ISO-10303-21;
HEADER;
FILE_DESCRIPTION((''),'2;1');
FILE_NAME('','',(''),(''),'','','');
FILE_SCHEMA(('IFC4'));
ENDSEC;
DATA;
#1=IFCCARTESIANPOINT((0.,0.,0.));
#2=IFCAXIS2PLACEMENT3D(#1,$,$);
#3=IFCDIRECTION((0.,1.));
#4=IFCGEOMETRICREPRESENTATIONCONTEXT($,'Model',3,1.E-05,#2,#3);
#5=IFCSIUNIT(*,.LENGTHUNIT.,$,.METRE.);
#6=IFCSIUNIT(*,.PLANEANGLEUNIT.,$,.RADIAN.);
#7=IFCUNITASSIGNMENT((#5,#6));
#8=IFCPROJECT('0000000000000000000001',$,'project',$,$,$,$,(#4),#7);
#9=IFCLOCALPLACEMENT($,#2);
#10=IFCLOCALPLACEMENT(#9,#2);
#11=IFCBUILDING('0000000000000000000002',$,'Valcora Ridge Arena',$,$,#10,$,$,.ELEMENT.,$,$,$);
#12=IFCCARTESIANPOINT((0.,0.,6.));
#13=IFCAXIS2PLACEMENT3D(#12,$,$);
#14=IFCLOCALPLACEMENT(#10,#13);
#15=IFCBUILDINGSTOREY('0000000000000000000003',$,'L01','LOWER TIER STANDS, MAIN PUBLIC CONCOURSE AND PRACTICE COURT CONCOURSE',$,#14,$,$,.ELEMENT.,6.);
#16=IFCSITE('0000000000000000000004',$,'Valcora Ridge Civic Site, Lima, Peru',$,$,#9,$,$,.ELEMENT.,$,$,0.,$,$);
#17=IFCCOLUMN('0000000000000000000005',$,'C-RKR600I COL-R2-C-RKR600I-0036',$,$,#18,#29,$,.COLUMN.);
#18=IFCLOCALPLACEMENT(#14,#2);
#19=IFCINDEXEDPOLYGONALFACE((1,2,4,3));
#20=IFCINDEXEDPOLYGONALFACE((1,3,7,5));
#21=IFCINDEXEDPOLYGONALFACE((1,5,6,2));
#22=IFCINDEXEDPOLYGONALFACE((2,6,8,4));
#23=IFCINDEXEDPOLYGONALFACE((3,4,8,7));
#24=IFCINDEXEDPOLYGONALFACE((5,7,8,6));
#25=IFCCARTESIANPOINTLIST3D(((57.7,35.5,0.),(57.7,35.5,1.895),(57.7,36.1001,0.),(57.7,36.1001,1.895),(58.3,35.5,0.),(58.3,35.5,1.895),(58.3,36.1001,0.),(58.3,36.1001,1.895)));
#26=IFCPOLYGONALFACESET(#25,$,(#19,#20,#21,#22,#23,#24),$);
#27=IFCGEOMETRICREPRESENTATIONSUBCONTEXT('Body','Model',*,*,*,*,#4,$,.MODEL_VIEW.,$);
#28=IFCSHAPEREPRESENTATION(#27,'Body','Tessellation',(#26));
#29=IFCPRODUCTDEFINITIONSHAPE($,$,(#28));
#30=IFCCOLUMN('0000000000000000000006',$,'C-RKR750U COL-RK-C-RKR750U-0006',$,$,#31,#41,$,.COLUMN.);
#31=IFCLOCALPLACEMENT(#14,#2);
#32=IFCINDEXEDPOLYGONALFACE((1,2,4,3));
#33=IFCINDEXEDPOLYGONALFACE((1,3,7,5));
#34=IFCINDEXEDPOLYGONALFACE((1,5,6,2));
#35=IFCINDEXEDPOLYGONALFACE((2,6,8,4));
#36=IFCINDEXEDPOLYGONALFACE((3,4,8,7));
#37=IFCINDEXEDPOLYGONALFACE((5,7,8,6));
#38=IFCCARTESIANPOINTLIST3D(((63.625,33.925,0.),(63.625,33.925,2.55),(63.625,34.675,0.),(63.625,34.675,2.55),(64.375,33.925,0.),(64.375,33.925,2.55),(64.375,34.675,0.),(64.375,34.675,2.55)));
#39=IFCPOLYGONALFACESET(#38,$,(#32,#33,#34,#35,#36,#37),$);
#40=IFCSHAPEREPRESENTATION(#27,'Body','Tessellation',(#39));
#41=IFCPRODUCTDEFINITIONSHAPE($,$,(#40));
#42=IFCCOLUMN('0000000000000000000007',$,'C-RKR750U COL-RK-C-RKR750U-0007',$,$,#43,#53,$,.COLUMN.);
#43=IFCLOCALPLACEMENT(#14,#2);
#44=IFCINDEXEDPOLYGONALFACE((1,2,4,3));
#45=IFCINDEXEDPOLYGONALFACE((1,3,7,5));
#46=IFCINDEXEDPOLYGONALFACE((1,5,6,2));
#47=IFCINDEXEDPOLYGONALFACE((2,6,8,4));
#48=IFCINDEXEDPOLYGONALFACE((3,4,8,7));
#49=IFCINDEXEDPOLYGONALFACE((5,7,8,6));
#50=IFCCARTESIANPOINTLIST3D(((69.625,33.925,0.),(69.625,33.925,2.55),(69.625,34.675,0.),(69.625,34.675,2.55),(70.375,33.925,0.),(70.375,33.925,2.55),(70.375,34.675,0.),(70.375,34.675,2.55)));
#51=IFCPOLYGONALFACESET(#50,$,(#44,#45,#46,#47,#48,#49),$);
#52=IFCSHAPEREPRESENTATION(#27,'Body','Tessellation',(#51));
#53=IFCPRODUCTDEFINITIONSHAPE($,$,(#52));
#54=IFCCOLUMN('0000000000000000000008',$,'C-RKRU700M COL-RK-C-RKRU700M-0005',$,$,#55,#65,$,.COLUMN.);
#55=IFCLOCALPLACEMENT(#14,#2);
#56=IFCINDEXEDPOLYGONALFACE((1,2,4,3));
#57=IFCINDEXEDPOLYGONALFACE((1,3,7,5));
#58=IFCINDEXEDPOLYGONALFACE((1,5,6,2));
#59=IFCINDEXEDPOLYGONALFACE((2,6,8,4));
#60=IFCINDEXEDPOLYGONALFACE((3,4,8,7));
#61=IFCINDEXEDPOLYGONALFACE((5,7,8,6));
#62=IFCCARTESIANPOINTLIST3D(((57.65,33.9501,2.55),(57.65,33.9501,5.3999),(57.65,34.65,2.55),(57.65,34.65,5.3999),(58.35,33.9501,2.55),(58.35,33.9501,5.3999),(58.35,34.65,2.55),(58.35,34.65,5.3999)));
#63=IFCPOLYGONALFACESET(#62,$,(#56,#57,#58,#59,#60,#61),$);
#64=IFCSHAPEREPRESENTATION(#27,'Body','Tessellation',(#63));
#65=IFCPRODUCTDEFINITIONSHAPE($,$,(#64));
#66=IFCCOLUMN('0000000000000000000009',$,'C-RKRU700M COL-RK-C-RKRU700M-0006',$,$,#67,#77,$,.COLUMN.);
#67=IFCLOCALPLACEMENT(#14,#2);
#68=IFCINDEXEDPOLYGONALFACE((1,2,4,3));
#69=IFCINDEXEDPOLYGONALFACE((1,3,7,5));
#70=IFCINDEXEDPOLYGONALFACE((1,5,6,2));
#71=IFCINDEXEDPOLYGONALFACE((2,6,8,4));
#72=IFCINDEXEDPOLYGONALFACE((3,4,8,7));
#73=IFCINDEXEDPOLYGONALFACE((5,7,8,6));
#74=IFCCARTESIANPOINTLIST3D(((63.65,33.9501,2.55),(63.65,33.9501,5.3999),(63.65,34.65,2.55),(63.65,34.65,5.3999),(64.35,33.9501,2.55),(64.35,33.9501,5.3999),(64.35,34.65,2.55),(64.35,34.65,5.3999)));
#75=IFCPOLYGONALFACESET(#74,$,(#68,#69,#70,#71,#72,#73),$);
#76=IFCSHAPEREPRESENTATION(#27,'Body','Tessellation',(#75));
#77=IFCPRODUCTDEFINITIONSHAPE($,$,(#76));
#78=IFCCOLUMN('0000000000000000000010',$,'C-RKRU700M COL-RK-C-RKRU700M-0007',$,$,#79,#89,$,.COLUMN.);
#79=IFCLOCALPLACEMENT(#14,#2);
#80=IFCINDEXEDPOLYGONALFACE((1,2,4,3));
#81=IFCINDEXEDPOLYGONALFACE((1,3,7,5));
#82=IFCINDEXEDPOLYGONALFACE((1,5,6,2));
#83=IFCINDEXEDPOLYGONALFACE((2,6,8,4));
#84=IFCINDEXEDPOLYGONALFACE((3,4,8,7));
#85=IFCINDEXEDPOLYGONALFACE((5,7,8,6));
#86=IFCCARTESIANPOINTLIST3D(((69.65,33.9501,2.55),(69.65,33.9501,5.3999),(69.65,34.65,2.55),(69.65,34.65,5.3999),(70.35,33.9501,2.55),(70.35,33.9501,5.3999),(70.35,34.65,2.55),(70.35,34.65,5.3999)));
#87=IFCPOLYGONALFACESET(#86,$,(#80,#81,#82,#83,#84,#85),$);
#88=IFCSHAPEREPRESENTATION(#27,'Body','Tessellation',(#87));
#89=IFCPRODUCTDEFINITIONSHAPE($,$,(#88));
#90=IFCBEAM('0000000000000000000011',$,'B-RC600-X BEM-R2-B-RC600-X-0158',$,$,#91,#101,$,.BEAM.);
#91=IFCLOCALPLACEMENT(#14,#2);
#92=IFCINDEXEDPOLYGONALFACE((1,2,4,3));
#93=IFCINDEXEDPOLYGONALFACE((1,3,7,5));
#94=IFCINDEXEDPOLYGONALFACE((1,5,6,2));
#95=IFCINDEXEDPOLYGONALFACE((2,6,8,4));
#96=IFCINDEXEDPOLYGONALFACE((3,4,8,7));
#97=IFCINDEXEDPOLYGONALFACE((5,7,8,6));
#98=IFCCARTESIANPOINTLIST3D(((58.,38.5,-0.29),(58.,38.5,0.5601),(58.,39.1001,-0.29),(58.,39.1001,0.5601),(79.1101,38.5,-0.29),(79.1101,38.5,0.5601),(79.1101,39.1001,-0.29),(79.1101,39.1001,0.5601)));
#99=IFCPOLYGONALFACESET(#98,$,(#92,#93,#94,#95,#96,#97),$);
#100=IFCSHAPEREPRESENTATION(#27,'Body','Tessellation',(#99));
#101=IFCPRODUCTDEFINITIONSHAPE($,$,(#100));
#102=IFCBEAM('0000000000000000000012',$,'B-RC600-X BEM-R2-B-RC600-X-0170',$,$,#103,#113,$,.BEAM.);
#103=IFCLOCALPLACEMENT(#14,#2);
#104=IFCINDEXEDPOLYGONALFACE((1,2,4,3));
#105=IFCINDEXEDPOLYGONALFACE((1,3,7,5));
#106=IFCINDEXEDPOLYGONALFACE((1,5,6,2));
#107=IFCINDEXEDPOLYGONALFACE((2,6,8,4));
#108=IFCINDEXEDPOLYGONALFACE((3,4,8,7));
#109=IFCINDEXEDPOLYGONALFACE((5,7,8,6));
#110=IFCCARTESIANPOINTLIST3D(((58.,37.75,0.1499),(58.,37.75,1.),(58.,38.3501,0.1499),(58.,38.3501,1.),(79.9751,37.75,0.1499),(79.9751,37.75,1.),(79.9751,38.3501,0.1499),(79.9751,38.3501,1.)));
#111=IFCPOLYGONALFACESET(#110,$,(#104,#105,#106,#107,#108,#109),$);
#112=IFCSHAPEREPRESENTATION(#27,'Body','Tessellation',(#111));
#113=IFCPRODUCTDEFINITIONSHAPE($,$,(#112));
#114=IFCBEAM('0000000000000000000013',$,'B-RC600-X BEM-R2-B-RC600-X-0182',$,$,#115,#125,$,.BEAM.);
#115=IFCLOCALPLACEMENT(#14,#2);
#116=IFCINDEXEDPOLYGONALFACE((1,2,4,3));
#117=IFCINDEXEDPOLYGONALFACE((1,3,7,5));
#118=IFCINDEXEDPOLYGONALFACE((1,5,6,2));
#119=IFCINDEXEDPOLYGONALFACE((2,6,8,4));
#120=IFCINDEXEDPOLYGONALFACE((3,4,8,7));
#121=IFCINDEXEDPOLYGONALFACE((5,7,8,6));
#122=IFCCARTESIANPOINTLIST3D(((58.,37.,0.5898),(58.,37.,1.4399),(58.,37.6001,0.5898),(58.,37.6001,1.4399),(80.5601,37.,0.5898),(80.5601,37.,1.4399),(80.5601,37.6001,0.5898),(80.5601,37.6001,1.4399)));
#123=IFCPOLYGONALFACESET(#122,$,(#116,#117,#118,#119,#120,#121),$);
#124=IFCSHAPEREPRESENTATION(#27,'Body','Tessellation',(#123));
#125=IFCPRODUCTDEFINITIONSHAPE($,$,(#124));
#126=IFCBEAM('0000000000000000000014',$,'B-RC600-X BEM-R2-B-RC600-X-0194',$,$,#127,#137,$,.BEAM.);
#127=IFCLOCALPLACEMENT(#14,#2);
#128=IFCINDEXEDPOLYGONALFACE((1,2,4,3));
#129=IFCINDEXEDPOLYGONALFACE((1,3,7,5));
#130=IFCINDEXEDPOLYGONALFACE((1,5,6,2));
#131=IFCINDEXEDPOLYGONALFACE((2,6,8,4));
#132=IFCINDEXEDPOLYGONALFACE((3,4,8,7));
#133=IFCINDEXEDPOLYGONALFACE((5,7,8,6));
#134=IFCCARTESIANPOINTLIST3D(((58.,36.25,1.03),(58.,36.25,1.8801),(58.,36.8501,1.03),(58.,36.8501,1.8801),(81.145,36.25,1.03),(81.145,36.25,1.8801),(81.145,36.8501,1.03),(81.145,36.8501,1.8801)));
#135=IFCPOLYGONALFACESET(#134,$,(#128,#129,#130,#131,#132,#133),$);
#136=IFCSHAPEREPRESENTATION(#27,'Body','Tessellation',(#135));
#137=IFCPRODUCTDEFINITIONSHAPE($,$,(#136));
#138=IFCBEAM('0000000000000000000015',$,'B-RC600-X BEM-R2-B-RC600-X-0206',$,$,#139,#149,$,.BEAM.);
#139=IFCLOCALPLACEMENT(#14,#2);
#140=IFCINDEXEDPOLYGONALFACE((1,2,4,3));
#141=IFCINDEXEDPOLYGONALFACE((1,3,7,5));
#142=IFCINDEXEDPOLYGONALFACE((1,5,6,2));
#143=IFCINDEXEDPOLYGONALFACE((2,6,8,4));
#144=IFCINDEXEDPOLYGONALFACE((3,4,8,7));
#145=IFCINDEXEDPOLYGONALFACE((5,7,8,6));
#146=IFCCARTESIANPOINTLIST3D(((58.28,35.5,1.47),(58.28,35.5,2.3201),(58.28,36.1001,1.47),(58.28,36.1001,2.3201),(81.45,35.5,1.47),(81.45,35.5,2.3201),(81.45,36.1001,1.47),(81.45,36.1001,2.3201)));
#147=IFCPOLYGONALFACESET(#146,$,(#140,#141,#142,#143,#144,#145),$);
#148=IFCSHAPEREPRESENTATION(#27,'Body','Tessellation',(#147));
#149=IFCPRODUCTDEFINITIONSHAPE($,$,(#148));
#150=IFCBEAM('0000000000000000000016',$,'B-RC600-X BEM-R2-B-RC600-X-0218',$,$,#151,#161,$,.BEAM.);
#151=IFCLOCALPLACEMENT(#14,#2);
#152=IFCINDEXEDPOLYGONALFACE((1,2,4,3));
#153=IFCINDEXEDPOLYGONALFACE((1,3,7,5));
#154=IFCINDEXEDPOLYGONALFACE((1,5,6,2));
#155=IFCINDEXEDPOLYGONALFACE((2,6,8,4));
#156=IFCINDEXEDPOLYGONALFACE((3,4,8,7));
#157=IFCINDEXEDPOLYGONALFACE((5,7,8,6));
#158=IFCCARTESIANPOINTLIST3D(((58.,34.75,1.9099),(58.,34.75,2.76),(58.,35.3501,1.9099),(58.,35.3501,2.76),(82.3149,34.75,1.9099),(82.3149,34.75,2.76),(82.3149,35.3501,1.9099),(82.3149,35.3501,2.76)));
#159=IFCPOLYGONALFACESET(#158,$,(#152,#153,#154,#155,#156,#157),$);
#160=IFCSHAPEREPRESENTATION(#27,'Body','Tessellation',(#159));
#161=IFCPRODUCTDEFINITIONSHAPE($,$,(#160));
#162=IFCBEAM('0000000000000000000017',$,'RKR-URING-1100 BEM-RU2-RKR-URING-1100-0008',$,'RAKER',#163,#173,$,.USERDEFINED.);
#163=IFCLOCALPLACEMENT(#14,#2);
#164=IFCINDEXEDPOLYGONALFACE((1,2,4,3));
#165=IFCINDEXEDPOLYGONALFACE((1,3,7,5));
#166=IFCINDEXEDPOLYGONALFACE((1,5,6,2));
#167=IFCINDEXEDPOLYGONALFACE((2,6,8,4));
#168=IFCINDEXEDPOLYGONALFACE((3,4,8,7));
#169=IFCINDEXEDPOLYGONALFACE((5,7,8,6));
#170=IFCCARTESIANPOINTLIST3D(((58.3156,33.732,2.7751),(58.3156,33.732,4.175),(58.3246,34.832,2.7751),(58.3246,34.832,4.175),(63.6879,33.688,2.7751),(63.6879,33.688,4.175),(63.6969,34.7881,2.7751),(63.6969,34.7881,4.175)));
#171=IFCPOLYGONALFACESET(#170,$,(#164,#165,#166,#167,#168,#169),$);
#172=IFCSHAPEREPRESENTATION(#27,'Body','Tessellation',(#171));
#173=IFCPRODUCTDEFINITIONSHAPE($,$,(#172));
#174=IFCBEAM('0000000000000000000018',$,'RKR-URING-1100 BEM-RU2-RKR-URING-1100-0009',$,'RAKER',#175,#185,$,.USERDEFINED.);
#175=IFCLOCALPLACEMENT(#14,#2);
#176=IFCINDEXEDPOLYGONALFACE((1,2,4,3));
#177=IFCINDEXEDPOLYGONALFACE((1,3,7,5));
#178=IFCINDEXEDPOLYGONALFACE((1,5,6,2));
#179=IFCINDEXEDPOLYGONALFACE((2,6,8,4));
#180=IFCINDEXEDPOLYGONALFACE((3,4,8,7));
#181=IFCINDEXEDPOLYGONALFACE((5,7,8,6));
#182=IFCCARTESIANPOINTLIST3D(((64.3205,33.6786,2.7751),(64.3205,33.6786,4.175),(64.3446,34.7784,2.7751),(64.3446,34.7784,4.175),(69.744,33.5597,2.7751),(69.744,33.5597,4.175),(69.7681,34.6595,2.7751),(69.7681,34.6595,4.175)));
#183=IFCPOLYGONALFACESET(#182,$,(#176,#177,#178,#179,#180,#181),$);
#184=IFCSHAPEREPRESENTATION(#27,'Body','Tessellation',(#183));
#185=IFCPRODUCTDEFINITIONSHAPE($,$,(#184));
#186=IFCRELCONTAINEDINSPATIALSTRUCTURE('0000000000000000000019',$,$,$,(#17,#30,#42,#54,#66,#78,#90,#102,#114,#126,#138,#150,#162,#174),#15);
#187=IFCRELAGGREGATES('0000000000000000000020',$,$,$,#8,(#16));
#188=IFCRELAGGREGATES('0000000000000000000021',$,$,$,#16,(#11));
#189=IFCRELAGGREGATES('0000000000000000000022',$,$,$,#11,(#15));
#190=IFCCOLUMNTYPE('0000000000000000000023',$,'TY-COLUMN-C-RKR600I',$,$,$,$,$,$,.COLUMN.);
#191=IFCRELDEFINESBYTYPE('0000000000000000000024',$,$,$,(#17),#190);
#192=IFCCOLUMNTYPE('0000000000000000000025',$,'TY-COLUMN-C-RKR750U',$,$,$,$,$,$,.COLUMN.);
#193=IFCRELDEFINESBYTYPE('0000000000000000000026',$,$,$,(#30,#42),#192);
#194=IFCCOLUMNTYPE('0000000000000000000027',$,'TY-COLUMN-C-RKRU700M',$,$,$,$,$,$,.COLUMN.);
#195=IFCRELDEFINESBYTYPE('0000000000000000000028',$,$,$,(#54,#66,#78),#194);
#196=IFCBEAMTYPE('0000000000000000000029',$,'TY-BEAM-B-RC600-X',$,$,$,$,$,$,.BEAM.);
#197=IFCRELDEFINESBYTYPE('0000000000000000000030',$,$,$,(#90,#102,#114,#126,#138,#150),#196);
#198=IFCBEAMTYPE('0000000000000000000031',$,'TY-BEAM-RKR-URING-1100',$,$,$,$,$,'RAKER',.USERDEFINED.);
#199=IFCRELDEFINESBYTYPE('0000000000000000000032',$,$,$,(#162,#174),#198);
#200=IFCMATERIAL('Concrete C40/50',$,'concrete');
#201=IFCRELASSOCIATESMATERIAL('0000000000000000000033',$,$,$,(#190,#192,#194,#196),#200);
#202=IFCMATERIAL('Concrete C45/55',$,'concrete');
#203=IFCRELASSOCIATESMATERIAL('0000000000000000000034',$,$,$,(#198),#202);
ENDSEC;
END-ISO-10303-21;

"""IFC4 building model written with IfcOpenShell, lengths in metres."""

from ifc_helpers import new_model, si_unit, direction, frame, origin, origin_2d, place, context, subcontext, project, spatial, rectangle, extrude, material, material_profile, profile_set, type_object, element, save


model = new_model("IFC4")

# Units and contexts
model_context = context("Model", 3, precision=1e-05, world=origin(), true_north=direction((0.0, 1.0)))
body_context = subcontext(model_context, "Body", "Model", "MODEL_VIEW")
ifc_project = project(units=[si_unit("LENGTHUNIT", "METRE"), si_unit("PLANEANGLEUNIT", "RADIAN")], contexts=[model_context])

# Site, building, storey
site_placement = place(None, origin())
site = spatial("IfcSite", under=ifc_project, at=site_placement, Name="Valcora Ridge Civic Site, Lima, Peru", CompositionType="ELEMENT", RefElevation=0.0)
building_placement = place(site_placement, origin())
building = spatial("IfcBuilding", under=site, at=building_placement, Name="Valcora Ridge Arena", CompositionType="ELEMENT")
storey_placement = place(building_placement, frame((0.0, 0.0, 6.0)))
storey = spatial("IfcBuildingStorey", under=building, at=storey_placement, Name="L01", Description="LOWER TIER STANDS, MAIN PUBLIC CONCOURSE AND PRACTICE COURT CONCOURSE", CompositionType="ELEMENT", Elevation=6.0)

# Columns
ifc_material_1 = material(Name="Concrete C40/50", Category="concrete")
ifc_material_profile_1 = material_profile(ifc_material_1, rectangle(XDim=0.6001, YDim=0.6001, at=origin_2d()), Name="RC 600x600")
ifc_profile_set_1 = profile_set([ifc_material_profile_1], Name="Concrete C40/50")
column_type_1 = type_object("IfcColumnType", Name="TY-COLUMN-C-RKR600I", PredefinedType="COLUMN", material=ifc_profile_set_1)
column_placement = place(storey_placement, frame((58.0, 35.8, 0.0), z_axis=(0.0, 0.0, 1.0), x_axis=(1.0, 0.0, 0.0)))
element("IfcColumn", 1, at=column_placement, inside=storey, type_object=column_type_1, Name="C-RKR600I COL-R2-C-RKR600I-0036", PredefinedType="COLUMN", context=body_context, shape_type="SweptSolid", body=[
    extrude(rectangle(XDim=0.6001, YDim=0.6001, at=origin_2d()), origin(), (0.0, 0.0, 1.0), 1.895),
])
ifc_material_profile_2 = material_profile(ifc_material_1, rectangle(XDim=0.75, YDim=0.75, at=origin_2d()), Name="RC 750x750")
ifc_profile_set_2 = profile_set([ifc_material_profile_2], Name="Concrete C40/50")
column_type_2 = type_object("IfcColumnType", Name="TY-COLUMN-C-RKR750U", PredefinedType="COLUMN", material=ifc_profile_set_2)
for number, where, z_axis, x_axis, name in (
    (2, (64.0, 34.3, 0.0), (0.0, 0.0, 1.0), (1.0, 0.0, 0.0), "C-RKR750U COL-RK-C-RKR750U-0006"),
    (3, (70.0, 34.3, 0.0), (0.0, 0.0, 1.0), (1.0, 0.0, 0.0), "C-RKR750U COL-RK-C-RKR750U-0007"),
):
    element("IfcColumn", number, at=place(storey_placement, frame(where, z_axis=z_axis, x_axis=x_axis)), inside=storey, type_object=column_type_2, Name=name, PredefinedType="COLUMN", context=body_context, shape_type="SweptSolid", body=[
        extrude(rectangle(XDim=0.75, YDim=0.75, at=origin_2d()), origin(), (0.0, 0.0, 1.0), 2.55),
    ])
ifc_material_profile_3 = material_profile(ifc_material_1, rectangle(XDim=0.7, YDim=0.7, at=origin_2d()), Name="RC 700x700")
ifc_profile_set_3 = profile_set([ifc_material_profile_3], Name="Concrete C40/50")
column_type_3 = type_object("IfcColumnType", Name="TY-COLUMN-C-RKRU700M", PredefinedType="COLUMN", material=ifc_profile_set_3)
for number, where, z_axis, x_axis, name in (
    (4, (58.0, 34.3, 2.55), (0.0, 0.0, 1.0), (1.0, 0.0, 0.0), "C-RKRU700M COL-RK-C-RKRU700M-0005"),
    (5, (64.0, 34.3, 2.55), (0.0, 0.0, 1.0), (1.0, 0.0, 0.0), "C-RKRU700M COL-RK-C-RKRU700M-0006"),
    (6, (70.0, 34.3, 2.55), (0.0, 0.0, 1.0), (1.0, 0.0, 0.0), "C-RKRU700M COL-RK-C-RKRU700M-0007"),
):
    element("IfcColumn", number, at=place(storey_placement, frame(where, z_axis=z_axis, x_axis=x_axis)), inside=storey, type_object=column_type_3, Name=name, PredefinedType="COLUMN", context=body_context, shape_type="SweptSolid", body=[
        extrude(rectangle(XDim=0.7, YDim=0.7, at=origin_2d()), origin(), (0.0, 0.0, 1.0), 2.8499),
    ])

# Beams
ifc_material_profile_4 = material_profile(ifc_material_1, rectangle(XDim=0.6001, YDim=0.8501, at=origin_2d()), Name="RC 600x850")
ifc_profile_set_4 = profile_set([ifc_material_profile_4], Name="Concrete C40/50")
beam_type_1 = type_object("IfcBeamType", Name="TY-BEAM-B-RC600-X", PredefinedType="BEAM", material=ifc_profile_set_4)
beam_1_placement = place(storey_placement, frame((58.0, 38.8, 0.135), z_axis=(1.0, 0.0, 0.0), x_axis=(0.0, 1.0, 0.0)))
element("IfcBeam", 7, at=beam_1_placement, inside=storey, type_object=beam_type_1, Name="B-RC600-X BEM-R2-B-RC600-X-0158", PredefinedType="BEAM", context=body_context, shape_type="SweptSolid", body=[
    extrude(rectangle(XDim=0.6001, YDim=0.8501, at=origin_2d()), origin(), (0.0, 0.0, 1.0), 21.1101),
])
beam_2_placement = place(storey_placement, frame((58.0, 38.05, 0.575), z_axis=(1.0, 0.0, 0.0), x_axis=(0.0, 1.0, 0.0)))
element("IfcBeam", 8, at=beam_2_placement, inside=storey, type_object=beam_type_1, Name="B-RC600-X BEM-R2-B-RC600-X-0170", PredefinedType="BEAM", context=body_context, shape_type="SweptSolid", body=[
    extrude(rectangle(XDim=0.6001, YDim=0.8501, at=origin_2d()), origin(), (0.0, 0.0, 1.0), 21.9751),
])
beam_3_placement = place(storey_placement, frame((58.0, 37.3, 1.0149), z_axis=(1.0, 0.0, 0.0), x_axis=(0.0, 1.0, 0.0)))
element("IfcBeam", 9, at=beam_3_placement, inside=storey, type_object=beam_type_1, Name="B-RC600-X BEM-R2-B-RC600-X-0182", PredefinedType="BEAM", context=body_context, shape_type="SweptSolid", body=[
    extrude(rectangle(XDim=0.6001, YDim=0.8501, at=origin_2d()), origin(), (0.0, 0.0, 1.0), 22.5601),
])
beam_4_placement = place(storey_placement, frame((58.0, 36.55, 1.4551), z_axis=(1.0, 0.0, 0.0), x_axis=(0.0, 1.0, 0.0)))
element("IfcBeam", 10, at=beam_4_placement, inside=storey, type_object=beam_type_1, Name="B-RC600-X BEM-R2-B-RC600-X-0194", PredefinedType="BEAM", context=body_context, shape_type="SweptSolid", body=[
    extrude(rectangle(XDim=0.6001, YDim=0.8501, at=origin_2d()), origin(), (0.0, 0.0, 1.0), 23.145),
])
beam_5_placement = place(storey_placement, frame((58.28, 35.8, 1.895), z_axis=(1.0, 0.0, 0.0), x_axis=(0.0, 1.0, 0.0)))
element("IfcBeam", 11, at=beam_5_placement, inside=storey, type_object=beam_type_1, Name="B-RC600-X BEM-R2-B-RC600-X-0206", PredefinedType="BEAM", context=body_context, shape_type="SweptSolid", body=[
    extrude(rectangle(XDim=0.6001, YDim=0.8501, at=origin_2d()), origin(), (0.0, 0.0, 1.0), 23.1699),
])
beam_6_placement = place(storey_placement, frame((58.0, 35.05, 2.335), z_axis=(1.0, 0.0, 0.0), x_axis=(0.0, 1.0, 0.0)))
element("IfcBeam", 12, at=beam_6_placement, inside=storey, type_object=beam_type_1, Name="B-RC600-X BEM-R2-B-RC600-X-0218", PredefinedType="BEAM", context=body_context, shape_type="SweptSolid", body=[
    extrude(rectangle(XDim=0.6001, YDim=0.8501, at=origin_2d()), origin(), (0.0, 0.0, 1.0), 24.3149),
])
ifc_material_2 = material(Name="Concrete C45/55", Category="concrete")
ifc_material_profile_5 = material_profile(ifc_material_2, rectangle(XDim=1.1001, YDim=1.3999, at=origin_2d()), Name="RC 1100x1400")
ifc_profile_set_5 = profile_set([ifc_material_profile_5], Name="Concrete C45/55")
beam_type_2 = type_object("IfcBeamType", Name="TY-BEAM-RKR-URING-1100", ElementType="RAKER", PredefinedType="USERDEFINED", material=ifc_profile_set_5)
beam_7_placement = place(storey_placement, frame((58.3201, 34.282, 3.4751), z_axis=(0.999967, -0.00818, 0.0), x_axis=(0.00818, 0.999967, 0.0)))
element("IfcBeam", 13, at=beam_7_placement, inside=storey, type_object=beam_type_2, Name="RKR-URING-1100 BEM-RU2-RKR-URING-1100-0008", ObjectType="RAKER", PredefinedType="USERDEFINED", context=body_context, shape_type="SweptSolid", body=[
    extrude(rectangle(XDim=1.1001, YDim=1.3999, at=origin_2d()), origin(), (0.0, 0.0, 1.0), 5.3726),
])
beam_8_placement = place(storey_placement, frame((64.3325, 34.2285, 3.4751), z_axis=(0.99976, -0.021917, 0.0), x_axis=(0.021917, 0.99976, 0.0)))
element("IfcBeam", 14, at=beam_8_placement, inside=storey, type_object=beam_type_2, Name="RKR-URING-1100 BEM-RU2-RKR-URING-1100-0009", ObjectType="RAKER", PredefinedType="USERDEFINED", context=body_context, shape_type="SweptSolid", body=[
    extrude(rectangle(XDim=1.1001, YDim=1.3999, at=origin_2d()), origin(), (0.0, 0.0, 1.0), 5.4248),
])

save(model, "model.ifc")
